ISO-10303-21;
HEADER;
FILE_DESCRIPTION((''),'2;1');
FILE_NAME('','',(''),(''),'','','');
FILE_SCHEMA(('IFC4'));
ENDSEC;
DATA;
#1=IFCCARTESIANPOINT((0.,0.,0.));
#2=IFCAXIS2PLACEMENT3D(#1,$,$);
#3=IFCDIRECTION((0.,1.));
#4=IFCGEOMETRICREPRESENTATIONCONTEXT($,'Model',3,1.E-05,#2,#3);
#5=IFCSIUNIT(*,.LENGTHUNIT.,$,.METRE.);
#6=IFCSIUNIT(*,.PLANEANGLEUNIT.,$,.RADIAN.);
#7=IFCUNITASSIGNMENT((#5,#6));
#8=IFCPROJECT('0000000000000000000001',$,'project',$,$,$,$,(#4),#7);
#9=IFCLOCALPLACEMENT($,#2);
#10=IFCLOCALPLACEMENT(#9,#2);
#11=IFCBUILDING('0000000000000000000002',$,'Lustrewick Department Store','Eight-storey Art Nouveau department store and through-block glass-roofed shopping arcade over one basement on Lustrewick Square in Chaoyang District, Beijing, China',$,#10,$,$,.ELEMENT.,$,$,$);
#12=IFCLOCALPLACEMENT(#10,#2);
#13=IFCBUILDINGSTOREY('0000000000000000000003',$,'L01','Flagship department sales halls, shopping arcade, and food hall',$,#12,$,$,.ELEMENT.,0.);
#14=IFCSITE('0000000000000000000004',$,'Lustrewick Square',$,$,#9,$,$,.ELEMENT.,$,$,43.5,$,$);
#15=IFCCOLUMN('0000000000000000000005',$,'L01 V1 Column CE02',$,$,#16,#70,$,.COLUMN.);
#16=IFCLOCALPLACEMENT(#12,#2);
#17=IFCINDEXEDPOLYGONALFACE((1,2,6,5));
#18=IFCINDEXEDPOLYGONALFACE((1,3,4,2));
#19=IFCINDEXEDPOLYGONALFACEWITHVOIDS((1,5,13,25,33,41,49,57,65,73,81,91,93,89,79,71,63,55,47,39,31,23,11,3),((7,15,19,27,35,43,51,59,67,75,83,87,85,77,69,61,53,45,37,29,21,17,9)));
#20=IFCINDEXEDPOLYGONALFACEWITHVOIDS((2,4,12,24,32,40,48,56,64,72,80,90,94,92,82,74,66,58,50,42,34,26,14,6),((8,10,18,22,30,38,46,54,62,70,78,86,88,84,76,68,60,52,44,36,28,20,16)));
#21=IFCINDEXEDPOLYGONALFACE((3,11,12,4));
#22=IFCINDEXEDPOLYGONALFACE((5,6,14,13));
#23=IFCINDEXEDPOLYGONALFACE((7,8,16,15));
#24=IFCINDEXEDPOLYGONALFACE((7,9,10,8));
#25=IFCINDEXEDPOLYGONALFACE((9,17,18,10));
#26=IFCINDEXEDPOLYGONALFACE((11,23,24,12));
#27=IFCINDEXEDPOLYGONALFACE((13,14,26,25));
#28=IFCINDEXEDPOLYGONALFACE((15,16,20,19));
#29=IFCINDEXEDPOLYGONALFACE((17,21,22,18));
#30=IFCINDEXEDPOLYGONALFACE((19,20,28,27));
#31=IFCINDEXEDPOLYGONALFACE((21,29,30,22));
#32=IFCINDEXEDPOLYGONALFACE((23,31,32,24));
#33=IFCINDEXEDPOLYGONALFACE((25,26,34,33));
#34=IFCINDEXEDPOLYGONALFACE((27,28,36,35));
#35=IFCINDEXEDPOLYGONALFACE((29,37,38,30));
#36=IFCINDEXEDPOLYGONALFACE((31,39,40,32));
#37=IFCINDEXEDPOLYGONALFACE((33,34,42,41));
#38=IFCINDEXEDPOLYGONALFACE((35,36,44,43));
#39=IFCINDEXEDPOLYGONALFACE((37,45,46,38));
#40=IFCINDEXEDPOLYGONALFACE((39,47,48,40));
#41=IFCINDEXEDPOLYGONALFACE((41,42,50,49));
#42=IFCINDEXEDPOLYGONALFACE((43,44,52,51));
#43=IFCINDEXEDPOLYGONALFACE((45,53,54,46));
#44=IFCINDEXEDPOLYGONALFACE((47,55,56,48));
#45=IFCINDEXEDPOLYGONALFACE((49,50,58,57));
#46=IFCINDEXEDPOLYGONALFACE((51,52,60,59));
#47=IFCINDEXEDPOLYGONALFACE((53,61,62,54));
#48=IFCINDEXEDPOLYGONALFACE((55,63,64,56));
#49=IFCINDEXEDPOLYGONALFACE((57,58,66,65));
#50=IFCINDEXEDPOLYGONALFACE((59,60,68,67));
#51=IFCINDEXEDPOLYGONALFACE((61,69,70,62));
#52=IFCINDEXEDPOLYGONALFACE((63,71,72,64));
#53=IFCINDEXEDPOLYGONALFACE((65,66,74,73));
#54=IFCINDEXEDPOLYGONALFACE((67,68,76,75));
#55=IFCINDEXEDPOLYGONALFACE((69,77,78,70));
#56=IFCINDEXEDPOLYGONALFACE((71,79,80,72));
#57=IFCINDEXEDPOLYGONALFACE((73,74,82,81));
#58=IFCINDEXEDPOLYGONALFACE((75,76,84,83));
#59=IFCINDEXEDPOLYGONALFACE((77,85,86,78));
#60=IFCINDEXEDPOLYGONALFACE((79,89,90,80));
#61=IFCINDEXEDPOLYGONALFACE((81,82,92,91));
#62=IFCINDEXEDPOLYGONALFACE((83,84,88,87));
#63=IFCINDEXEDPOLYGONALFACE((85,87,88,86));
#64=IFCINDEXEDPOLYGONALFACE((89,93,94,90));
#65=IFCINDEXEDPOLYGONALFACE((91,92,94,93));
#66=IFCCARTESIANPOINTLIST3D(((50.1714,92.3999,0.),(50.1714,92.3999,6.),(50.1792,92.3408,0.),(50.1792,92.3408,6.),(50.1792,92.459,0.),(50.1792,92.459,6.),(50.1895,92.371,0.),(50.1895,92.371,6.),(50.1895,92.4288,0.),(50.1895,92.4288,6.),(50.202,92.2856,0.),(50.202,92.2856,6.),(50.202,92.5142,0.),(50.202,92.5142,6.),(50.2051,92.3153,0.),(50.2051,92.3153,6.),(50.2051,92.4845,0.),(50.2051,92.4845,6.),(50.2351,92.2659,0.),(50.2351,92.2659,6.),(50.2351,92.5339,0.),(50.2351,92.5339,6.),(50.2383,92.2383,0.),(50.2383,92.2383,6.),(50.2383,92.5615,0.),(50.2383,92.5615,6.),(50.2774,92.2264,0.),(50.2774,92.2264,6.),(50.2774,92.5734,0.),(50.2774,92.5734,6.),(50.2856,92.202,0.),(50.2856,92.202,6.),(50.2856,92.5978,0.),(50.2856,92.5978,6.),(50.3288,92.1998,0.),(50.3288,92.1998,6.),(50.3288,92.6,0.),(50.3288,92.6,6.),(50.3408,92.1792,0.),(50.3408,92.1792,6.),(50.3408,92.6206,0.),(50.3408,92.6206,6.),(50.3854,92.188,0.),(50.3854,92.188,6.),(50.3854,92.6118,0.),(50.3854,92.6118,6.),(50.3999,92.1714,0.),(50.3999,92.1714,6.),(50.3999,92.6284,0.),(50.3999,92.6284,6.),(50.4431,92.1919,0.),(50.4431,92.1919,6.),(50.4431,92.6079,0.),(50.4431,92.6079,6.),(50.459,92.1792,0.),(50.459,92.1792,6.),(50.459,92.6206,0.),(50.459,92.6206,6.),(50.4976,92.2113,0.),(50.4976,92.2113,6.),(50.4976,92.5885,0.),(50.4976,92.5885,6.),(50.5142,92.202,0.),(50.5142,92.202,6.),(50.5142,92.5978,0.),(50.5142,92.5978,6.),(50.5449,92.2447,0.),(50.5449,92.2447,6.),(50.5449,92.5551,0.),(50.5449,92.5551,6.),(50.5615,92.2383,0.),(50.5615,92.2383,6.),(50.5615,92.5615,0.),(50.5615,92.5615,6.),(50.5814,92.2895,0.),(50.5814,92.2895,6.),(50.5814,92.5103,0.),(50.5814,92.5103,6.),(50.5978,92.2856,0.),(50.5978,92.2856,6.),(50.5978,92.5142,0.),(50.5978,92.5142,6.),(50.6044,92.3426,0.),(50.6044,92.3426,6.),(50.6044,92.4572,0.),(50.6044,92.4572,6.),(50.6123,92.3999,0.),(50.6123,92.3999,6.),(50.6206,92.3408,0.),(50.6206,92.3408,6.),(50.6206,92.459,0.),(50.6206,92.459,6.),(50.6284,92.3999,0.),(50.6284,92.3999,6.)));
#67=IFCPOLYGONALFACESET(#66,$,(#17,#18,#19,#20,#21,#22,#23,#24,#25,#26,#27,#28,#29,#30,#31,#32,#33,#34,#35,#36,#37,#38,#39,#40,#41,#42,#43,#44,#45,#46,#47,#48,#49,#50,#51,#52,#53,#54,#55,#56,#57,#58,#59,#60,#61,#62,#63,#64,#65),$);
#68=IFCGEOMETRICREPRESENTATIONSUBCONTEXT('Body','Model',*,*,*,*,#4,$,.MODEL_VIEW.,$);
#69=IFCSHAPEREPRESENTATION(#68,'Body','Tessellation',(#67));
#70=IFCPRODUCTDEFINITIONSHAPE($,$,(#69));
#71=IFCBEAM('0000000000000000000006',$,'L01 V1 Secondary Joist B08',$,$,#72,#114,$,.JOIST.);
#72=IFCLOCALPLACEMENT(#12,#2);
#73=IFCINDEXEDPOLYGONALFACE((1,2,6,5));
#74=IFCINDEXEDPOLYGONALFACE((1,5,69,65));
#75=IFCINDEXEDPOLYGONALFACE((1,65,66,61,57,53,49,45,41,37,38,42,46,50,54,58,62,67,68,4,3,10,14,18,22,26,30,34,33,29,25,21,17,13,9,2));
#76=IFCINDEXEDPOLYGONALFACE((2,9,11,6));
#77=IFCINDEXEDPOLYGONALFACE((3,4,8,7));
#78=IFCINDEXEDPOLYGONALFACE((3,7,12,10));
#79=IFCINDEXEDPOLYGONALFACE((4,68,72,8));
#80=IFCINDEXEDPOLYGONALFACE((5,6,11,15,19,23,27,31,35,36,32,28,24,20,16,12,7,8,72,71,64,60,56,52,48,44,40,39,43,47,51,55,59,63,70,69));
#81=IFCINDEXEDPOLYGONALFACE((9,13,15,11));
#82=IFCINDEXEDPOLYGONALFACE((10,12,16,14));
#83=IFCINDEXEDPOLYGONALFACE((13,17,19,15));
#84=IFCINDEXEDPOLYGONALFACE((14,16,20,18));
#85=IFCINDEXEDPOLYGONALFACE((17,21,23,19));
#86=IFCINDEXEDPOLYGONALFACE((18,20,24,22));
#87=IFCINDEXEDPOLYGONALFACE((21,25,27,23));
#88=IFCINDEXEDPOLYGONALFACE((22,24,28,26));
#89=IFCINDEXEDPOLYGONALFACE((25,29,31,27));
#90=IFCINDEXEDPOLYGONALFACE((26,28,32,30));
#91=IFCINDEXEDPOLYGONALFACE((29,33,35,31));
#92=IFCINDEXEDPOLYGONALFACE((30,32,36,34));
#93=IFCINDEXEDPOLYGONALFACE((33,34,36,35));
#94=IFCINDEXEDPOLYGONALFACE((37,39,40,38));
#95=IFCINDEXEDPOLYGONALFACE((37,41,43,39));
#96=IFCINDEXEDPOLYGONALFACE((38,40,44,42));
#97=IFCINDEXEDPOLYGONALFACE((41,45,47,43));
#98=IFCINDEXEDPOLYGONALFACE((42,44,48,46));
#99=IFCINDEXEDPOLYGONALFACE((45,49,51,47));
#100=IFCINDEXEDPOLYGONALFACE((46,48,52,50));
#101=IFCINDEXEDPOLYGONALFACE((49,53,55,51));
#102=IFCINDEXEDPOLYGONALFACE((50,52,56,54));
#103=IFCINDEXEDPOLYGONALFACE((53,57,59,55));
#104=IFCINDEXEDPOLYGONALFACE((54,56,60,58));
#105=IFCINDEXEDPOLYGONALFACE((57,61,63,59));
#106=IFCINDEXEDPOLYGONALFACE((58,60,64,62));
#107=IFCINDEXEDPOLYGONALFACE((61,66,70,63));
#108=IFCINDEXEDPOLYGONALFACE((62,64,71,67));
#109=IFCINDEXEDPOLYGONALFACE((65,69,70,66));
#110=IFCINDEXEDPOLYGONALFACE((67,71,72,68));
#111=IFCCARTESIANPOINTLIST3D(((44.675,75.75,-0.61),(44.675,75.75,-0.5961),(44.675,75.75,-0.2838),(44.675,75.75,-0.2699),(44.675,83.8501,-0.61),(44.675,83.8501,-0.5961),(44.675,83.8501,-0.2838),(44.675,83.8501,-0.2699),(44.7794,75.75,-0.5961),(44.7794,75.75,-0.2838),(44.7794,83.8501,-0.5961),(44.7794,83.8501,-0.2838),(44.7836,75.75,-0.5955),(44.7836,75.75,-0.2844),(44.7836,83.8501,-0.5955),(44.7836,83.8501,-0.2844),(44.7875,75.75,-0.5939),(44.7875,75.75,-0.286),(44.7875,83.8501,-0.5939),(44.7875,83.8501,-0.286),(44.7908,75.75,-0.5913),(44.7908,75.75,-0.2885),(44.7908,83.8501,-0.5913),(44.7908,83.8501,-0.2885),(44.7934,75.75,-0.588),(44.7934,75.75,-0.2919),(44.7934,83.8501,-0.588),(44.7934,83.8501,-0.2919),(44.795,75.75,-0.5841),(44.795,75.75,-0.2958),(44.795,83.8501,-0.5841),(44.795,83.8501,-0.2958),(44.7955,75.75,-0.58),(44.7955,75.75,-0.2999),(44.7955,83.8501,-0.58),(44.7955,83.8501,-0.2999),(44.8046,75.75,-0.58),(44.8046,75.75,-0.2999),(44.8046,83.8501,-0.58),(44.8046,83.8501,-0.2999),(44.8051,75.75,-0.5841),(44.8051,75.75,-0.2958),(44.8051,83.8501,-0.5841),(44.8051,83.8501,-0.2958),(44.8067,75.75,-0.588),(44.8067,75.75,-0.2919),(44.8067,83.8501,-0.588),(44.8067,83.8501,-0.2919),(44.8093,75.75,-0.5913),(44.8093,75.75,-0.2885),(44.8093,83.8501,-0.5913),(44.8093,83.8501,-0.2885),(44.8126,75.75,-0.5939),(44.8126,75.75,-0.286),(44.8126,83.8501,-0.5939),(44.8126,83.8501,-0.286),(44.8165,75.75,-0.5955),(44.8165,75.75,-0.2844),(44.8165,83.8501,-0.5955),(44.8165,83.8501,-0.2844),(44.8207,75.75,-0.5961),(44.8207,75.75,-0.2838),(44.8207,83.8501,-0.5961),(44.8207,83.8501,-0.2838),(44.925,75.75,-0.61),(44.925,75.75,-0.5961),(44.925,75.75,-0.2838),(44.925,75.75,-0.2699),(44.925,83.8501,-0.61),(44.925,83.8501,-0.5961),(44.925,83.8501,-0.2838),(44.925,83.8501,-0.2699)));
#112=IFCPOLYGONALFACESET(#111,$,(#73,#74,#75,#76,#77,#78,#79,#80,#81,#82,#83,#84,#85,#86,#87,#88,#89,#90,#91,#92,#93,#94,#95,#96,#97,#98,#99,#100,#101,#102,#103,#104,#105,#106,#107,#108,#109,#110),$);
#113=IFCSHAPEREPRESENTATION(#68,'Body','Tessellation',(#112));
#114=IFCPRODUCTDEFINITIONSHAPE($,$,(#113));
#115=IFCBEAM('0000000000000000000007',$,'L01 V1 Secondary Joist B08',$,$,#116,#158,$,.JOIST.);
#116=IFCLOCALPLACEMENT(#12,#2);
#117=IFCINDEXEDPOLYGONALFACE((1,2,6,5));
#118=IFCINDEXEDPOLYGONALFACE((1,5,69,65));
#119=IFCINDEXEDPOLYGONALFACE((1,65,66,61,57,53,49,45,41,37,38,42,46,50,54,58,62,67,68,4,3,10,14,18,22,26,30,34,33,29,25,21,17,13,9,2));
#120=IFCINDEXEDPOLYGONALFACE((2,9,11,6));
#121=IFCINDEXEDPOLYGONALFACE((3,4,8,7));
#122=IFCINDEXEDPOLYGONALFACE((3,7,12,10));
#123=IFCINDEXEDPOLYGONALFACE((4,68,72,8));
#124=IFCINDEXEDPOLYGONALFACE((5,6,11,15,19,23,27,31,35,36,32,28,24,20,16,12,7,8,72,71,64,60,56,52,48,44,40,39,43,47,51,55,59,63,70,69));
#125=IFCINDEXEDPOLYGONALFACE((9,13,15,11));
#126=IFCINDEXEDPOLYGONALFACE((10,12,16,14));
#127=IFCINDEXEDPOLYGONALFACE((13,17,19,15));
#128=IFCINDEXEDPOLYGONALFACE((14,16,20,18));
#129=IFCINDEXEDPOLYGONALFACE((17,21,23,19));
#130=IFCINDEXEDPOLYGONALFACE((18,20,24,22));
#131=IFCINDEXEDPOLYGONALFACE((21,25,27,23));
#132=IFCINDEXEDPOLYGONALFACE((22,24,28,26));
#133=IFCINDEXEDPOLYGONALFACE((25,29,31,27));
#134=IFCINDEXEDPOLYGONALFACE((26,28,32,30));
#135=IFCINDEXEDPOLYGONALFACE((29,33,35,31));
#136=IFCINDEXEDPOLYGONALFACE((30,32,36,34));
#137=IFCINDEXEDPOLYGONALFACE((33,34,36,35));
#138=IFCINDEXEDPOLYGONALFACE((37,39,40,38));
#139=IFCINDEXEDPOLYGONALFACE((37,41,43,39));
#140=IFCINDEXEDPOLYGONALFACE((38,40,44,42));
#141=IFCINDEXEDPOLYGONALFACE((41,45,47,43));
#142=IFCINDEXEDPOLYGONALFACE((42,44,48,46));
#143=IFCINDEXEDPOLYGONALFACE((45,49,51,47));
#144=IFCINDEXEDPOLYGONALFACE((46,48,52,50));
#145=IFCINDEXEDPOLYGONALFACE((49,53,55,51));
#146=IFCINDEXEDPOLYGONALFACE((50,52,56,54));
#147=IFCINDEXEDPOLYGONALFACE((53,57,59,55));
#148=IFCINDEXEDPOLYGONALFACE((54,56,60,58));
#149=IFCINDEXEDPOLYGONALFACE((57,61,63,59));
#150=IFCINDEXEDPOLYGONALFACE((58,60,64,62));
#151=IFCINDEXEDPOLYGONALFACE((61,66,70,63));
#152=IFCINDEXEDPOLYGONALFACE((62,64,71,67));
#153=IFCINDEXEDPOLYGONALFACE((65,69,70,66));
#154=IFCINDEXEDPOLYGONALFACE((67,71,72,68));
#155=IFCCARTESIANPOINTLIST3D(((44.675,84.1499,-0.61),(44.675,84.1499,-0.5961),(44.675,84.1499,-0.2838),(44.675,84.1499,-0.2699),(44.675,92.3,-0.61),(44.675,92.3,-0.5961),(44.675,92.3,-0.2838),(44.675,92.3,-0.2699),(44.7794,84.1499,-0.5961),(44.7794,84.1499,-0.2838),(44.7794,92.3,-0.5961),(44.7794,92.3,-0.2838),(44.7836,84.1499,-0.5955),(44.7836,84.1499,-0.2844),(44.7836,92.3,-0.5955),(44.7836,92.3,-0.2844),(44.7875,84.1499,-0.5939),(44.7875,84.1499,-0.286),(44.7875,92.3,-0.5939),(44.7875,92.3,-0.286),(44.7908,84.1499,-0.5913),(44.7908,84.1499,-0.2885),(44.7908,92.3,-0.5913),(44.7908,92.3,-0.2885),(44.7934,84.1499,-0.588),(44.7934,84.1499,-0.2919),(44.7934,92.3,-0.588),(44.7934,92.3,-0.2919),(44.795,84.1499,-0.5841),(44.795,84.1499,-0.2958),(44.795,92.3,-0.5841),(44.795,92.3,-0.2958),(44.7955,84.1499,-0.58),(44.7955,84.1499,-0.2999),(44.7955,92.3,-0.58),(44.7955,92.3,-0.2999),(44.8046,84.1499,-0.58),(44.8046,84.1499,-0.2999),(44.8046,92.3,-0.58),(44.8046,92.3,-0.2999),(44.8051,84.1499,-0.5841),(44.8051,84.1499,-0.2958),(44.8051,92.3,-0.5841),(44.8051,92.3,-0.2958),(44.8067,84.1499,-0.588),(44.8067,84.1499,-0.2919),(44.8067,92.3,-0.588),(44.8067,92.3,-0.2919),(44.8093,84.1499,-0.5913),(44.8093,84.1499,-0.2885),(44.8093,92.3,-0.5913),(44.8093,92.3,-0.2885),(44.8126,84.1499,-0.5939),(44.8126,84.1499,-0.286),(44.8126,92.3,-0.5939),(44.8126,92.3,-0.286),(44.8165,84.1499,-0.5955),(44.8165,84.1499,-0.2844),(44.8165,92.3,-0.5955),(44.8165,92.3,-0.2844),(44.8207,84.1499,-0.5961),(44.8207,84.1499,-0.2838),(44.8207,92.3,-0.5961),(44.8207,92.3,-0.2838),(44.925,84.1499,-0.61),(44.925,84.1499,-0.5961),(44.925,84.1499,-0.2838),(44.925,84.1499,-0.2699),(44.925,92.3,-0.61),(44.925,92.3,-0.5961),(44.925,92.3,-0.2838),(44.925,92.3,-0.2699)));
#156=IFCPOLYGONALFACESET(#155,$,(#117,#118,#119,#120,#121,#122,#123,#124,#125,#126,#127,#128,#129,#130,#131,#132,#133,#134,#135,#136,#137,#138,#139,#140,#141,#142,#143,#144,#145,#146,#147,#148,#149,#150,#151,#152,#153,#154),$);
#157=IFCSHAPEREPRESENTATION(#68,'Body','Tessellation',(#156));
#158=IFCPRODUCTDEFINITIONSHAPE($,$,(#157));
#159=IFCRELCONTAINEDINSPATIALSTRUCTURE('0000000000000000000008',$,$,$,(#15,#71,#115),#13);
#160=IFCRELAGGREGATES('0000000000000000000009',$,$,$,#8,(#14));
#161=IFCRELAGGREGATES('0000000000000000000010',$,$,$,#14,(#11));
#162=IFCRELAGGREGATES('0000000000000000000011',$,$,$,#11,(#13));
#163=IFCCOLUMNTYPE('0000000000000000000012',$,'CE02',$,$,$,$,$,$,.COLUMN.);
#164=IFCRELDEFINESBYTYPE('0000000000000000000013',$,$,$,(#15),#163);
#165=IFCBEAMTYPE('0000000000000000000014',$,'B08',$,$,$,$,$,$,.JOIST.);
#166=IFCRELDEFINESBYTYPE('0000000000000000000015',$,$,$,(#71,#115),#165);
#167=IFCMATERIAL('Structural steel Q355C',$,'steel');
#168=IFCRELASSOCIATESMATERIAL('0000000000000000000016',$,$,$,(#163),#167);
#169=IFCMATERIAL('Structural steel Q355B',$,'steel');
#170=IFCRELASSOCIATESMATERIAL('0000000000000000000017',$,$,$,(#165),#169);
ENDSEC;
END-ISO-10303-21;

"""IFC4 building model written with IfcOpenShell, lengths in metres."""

from ifc_helpers import new_model, si_unit, direction, frame, origin, origin_2d, place, context, subcontext, project, spatial, hollow_circle, i_section, extrude, material, material_profile, profile_set, type_object, element, save


model = new_model("IFC4")

# Units and contexts
model_context = context("Model", 3, precision=1e-05, world=origin(), true_north=direction((0.0, 1.0)))
body_context = subcontext(model_context, "Body", "Model", "MODEL_VIEW")
ifc_project = project(units=[si_unit("LENGTHUNIT", "METRE"), si_unit("PLANEANGLEUNIT", "RADIAN")], contexts=[model_context])

# Site, building, storey
site_placement = place(None, origin())
site = spatial("IfcSite", under=ifc_project, at=site_placement, Name="Lustrewick Square", CompositionType="ELEMENT", RefElevation=43.5)
building_placement = place(site_placement, origin())
building = spatial("IfcBuilding", under=site, at=building_placement, Name="Lustrewick Department Store", Description="Eight-storey Art Nouveau department store and through-block glass-roofed shopping arcade over one basement on Lustrewick Square in Chaoyang District, Beijing, China", CompositionType="ELEMENT")
storey_placement = place(building_placement, origin())
storey = spatial("IfcBuildingStorey", under=building, at=storey_placement, Name="L01", Description="Flagship department sales halls, shopping arcade, and food hall", CompositionType="ELEMENT", Elevation=0.0)

# Column
ifc_material_1 = material(Name="Structural steel Q355C", Category="steel")
ifc_material_profile_1 = material_profile(ifc_material_1, hollow_circle(Radius=0.2285, WallThickness=0.0161, at=origin_2d()), Name="CHS 457x16")
ifc_profile_set_1 = profile_set([ifc_material_profile_1], Name="Structural steel Q355C")
column_type_1 = type_object("IfcColumnType", Name="CE02", PredefinedType="COLUMN", material=ifc_profile_set_1)
for number, where, z_axis, x_axis, name in (
    (1, (50.3999, 92.3999, 0.0), (0.0, 0.0, 1.0), (1.0, 0.0, 0.0), "L01 V1 Column CE02"),
):
    element("IfcColumn", number, at=place(storey_placement, frame(where, z_axis=z_axis, x_axis=x_axis)), inside=storey, type_object=column_type_1, Name=name, PredefinedType="COLUMN", context=body_context, shape_type="SweptSolid", body=[
        extrude(hollow_circle(Radius=0.2285, WallThickness=0.0161, at=origin_2d()), origin(), (0.0, 0.0, 1.0), 6.0),
    ])

# Beams
ifc_material_2 = material(Name="Structural steel Q355B", Category="steel")
ifc_material_profile_2 = material_profile(ifc_material_2, i_section(OverallWidth=0.25, OverallDepth=0.3401, WebThickness=0.009, FlangeThickness=0.0139, FilletRadius=0.0161, at=origin_2d()), Name="HM 340x250x9x14")
ifc_profile_set_2 = profile_set([ifc_material_profile_2], Name="Structural steel Q355B")
beam_type_1 = type_object("IfcBeamType", Name="B08", PredefinedType="JOIST", material=ifc_profile_set_2)
beam_1_placement = place(storey_placement, frame((44.8, 75.75, -0.4399), z_axis=(0.0, 1.0, 0.0), x_axis=(-1.0, 0.0, 0.0)))
element("IfcBeam", 2, at=beam_1_placement, inside=storey, type_object=beam_type_1, Name="L01 V1 Secondary Joist B08", PredefinedType="JOIST", context=body_context, shape_type="SweptSolid", body=[
    extrude(i_section(OverallWidth=0.25, OverallDepth=0.3401, WebThickness=0.009, FlangeThickness=0.0139, FilletRadius=0.0161, at=origin_2d()), origin(), (0.0, 0.0, 1.0), 8.1001),
])
beam_2_placement = place(storey_placement, frame((44.8, 84.1499, -0.4399), z_axis=(0.0, 1.0, 0.0), x_axis=(-1.0, 0.0, 0.0)))
element("IfcBeam", 3, at=beam_2_placement, inside=storey, type_object=beam_type_1, Name="L01 V1 Secondary Joist B08", PredefinedType="JOIST", context=body_context, shape_type="SweptSolid", body=[
    extrude(i_section(OverallWidth=0.25, OverallDepth=0.3401, WebThickness=0.009, FlangeThickness=0.0139, FilletRadius=0.0161, at=origin_2d()), origin(), (0.0, 0.0, 1.0), 8.1501),
])

save(model, "model.ifc")
